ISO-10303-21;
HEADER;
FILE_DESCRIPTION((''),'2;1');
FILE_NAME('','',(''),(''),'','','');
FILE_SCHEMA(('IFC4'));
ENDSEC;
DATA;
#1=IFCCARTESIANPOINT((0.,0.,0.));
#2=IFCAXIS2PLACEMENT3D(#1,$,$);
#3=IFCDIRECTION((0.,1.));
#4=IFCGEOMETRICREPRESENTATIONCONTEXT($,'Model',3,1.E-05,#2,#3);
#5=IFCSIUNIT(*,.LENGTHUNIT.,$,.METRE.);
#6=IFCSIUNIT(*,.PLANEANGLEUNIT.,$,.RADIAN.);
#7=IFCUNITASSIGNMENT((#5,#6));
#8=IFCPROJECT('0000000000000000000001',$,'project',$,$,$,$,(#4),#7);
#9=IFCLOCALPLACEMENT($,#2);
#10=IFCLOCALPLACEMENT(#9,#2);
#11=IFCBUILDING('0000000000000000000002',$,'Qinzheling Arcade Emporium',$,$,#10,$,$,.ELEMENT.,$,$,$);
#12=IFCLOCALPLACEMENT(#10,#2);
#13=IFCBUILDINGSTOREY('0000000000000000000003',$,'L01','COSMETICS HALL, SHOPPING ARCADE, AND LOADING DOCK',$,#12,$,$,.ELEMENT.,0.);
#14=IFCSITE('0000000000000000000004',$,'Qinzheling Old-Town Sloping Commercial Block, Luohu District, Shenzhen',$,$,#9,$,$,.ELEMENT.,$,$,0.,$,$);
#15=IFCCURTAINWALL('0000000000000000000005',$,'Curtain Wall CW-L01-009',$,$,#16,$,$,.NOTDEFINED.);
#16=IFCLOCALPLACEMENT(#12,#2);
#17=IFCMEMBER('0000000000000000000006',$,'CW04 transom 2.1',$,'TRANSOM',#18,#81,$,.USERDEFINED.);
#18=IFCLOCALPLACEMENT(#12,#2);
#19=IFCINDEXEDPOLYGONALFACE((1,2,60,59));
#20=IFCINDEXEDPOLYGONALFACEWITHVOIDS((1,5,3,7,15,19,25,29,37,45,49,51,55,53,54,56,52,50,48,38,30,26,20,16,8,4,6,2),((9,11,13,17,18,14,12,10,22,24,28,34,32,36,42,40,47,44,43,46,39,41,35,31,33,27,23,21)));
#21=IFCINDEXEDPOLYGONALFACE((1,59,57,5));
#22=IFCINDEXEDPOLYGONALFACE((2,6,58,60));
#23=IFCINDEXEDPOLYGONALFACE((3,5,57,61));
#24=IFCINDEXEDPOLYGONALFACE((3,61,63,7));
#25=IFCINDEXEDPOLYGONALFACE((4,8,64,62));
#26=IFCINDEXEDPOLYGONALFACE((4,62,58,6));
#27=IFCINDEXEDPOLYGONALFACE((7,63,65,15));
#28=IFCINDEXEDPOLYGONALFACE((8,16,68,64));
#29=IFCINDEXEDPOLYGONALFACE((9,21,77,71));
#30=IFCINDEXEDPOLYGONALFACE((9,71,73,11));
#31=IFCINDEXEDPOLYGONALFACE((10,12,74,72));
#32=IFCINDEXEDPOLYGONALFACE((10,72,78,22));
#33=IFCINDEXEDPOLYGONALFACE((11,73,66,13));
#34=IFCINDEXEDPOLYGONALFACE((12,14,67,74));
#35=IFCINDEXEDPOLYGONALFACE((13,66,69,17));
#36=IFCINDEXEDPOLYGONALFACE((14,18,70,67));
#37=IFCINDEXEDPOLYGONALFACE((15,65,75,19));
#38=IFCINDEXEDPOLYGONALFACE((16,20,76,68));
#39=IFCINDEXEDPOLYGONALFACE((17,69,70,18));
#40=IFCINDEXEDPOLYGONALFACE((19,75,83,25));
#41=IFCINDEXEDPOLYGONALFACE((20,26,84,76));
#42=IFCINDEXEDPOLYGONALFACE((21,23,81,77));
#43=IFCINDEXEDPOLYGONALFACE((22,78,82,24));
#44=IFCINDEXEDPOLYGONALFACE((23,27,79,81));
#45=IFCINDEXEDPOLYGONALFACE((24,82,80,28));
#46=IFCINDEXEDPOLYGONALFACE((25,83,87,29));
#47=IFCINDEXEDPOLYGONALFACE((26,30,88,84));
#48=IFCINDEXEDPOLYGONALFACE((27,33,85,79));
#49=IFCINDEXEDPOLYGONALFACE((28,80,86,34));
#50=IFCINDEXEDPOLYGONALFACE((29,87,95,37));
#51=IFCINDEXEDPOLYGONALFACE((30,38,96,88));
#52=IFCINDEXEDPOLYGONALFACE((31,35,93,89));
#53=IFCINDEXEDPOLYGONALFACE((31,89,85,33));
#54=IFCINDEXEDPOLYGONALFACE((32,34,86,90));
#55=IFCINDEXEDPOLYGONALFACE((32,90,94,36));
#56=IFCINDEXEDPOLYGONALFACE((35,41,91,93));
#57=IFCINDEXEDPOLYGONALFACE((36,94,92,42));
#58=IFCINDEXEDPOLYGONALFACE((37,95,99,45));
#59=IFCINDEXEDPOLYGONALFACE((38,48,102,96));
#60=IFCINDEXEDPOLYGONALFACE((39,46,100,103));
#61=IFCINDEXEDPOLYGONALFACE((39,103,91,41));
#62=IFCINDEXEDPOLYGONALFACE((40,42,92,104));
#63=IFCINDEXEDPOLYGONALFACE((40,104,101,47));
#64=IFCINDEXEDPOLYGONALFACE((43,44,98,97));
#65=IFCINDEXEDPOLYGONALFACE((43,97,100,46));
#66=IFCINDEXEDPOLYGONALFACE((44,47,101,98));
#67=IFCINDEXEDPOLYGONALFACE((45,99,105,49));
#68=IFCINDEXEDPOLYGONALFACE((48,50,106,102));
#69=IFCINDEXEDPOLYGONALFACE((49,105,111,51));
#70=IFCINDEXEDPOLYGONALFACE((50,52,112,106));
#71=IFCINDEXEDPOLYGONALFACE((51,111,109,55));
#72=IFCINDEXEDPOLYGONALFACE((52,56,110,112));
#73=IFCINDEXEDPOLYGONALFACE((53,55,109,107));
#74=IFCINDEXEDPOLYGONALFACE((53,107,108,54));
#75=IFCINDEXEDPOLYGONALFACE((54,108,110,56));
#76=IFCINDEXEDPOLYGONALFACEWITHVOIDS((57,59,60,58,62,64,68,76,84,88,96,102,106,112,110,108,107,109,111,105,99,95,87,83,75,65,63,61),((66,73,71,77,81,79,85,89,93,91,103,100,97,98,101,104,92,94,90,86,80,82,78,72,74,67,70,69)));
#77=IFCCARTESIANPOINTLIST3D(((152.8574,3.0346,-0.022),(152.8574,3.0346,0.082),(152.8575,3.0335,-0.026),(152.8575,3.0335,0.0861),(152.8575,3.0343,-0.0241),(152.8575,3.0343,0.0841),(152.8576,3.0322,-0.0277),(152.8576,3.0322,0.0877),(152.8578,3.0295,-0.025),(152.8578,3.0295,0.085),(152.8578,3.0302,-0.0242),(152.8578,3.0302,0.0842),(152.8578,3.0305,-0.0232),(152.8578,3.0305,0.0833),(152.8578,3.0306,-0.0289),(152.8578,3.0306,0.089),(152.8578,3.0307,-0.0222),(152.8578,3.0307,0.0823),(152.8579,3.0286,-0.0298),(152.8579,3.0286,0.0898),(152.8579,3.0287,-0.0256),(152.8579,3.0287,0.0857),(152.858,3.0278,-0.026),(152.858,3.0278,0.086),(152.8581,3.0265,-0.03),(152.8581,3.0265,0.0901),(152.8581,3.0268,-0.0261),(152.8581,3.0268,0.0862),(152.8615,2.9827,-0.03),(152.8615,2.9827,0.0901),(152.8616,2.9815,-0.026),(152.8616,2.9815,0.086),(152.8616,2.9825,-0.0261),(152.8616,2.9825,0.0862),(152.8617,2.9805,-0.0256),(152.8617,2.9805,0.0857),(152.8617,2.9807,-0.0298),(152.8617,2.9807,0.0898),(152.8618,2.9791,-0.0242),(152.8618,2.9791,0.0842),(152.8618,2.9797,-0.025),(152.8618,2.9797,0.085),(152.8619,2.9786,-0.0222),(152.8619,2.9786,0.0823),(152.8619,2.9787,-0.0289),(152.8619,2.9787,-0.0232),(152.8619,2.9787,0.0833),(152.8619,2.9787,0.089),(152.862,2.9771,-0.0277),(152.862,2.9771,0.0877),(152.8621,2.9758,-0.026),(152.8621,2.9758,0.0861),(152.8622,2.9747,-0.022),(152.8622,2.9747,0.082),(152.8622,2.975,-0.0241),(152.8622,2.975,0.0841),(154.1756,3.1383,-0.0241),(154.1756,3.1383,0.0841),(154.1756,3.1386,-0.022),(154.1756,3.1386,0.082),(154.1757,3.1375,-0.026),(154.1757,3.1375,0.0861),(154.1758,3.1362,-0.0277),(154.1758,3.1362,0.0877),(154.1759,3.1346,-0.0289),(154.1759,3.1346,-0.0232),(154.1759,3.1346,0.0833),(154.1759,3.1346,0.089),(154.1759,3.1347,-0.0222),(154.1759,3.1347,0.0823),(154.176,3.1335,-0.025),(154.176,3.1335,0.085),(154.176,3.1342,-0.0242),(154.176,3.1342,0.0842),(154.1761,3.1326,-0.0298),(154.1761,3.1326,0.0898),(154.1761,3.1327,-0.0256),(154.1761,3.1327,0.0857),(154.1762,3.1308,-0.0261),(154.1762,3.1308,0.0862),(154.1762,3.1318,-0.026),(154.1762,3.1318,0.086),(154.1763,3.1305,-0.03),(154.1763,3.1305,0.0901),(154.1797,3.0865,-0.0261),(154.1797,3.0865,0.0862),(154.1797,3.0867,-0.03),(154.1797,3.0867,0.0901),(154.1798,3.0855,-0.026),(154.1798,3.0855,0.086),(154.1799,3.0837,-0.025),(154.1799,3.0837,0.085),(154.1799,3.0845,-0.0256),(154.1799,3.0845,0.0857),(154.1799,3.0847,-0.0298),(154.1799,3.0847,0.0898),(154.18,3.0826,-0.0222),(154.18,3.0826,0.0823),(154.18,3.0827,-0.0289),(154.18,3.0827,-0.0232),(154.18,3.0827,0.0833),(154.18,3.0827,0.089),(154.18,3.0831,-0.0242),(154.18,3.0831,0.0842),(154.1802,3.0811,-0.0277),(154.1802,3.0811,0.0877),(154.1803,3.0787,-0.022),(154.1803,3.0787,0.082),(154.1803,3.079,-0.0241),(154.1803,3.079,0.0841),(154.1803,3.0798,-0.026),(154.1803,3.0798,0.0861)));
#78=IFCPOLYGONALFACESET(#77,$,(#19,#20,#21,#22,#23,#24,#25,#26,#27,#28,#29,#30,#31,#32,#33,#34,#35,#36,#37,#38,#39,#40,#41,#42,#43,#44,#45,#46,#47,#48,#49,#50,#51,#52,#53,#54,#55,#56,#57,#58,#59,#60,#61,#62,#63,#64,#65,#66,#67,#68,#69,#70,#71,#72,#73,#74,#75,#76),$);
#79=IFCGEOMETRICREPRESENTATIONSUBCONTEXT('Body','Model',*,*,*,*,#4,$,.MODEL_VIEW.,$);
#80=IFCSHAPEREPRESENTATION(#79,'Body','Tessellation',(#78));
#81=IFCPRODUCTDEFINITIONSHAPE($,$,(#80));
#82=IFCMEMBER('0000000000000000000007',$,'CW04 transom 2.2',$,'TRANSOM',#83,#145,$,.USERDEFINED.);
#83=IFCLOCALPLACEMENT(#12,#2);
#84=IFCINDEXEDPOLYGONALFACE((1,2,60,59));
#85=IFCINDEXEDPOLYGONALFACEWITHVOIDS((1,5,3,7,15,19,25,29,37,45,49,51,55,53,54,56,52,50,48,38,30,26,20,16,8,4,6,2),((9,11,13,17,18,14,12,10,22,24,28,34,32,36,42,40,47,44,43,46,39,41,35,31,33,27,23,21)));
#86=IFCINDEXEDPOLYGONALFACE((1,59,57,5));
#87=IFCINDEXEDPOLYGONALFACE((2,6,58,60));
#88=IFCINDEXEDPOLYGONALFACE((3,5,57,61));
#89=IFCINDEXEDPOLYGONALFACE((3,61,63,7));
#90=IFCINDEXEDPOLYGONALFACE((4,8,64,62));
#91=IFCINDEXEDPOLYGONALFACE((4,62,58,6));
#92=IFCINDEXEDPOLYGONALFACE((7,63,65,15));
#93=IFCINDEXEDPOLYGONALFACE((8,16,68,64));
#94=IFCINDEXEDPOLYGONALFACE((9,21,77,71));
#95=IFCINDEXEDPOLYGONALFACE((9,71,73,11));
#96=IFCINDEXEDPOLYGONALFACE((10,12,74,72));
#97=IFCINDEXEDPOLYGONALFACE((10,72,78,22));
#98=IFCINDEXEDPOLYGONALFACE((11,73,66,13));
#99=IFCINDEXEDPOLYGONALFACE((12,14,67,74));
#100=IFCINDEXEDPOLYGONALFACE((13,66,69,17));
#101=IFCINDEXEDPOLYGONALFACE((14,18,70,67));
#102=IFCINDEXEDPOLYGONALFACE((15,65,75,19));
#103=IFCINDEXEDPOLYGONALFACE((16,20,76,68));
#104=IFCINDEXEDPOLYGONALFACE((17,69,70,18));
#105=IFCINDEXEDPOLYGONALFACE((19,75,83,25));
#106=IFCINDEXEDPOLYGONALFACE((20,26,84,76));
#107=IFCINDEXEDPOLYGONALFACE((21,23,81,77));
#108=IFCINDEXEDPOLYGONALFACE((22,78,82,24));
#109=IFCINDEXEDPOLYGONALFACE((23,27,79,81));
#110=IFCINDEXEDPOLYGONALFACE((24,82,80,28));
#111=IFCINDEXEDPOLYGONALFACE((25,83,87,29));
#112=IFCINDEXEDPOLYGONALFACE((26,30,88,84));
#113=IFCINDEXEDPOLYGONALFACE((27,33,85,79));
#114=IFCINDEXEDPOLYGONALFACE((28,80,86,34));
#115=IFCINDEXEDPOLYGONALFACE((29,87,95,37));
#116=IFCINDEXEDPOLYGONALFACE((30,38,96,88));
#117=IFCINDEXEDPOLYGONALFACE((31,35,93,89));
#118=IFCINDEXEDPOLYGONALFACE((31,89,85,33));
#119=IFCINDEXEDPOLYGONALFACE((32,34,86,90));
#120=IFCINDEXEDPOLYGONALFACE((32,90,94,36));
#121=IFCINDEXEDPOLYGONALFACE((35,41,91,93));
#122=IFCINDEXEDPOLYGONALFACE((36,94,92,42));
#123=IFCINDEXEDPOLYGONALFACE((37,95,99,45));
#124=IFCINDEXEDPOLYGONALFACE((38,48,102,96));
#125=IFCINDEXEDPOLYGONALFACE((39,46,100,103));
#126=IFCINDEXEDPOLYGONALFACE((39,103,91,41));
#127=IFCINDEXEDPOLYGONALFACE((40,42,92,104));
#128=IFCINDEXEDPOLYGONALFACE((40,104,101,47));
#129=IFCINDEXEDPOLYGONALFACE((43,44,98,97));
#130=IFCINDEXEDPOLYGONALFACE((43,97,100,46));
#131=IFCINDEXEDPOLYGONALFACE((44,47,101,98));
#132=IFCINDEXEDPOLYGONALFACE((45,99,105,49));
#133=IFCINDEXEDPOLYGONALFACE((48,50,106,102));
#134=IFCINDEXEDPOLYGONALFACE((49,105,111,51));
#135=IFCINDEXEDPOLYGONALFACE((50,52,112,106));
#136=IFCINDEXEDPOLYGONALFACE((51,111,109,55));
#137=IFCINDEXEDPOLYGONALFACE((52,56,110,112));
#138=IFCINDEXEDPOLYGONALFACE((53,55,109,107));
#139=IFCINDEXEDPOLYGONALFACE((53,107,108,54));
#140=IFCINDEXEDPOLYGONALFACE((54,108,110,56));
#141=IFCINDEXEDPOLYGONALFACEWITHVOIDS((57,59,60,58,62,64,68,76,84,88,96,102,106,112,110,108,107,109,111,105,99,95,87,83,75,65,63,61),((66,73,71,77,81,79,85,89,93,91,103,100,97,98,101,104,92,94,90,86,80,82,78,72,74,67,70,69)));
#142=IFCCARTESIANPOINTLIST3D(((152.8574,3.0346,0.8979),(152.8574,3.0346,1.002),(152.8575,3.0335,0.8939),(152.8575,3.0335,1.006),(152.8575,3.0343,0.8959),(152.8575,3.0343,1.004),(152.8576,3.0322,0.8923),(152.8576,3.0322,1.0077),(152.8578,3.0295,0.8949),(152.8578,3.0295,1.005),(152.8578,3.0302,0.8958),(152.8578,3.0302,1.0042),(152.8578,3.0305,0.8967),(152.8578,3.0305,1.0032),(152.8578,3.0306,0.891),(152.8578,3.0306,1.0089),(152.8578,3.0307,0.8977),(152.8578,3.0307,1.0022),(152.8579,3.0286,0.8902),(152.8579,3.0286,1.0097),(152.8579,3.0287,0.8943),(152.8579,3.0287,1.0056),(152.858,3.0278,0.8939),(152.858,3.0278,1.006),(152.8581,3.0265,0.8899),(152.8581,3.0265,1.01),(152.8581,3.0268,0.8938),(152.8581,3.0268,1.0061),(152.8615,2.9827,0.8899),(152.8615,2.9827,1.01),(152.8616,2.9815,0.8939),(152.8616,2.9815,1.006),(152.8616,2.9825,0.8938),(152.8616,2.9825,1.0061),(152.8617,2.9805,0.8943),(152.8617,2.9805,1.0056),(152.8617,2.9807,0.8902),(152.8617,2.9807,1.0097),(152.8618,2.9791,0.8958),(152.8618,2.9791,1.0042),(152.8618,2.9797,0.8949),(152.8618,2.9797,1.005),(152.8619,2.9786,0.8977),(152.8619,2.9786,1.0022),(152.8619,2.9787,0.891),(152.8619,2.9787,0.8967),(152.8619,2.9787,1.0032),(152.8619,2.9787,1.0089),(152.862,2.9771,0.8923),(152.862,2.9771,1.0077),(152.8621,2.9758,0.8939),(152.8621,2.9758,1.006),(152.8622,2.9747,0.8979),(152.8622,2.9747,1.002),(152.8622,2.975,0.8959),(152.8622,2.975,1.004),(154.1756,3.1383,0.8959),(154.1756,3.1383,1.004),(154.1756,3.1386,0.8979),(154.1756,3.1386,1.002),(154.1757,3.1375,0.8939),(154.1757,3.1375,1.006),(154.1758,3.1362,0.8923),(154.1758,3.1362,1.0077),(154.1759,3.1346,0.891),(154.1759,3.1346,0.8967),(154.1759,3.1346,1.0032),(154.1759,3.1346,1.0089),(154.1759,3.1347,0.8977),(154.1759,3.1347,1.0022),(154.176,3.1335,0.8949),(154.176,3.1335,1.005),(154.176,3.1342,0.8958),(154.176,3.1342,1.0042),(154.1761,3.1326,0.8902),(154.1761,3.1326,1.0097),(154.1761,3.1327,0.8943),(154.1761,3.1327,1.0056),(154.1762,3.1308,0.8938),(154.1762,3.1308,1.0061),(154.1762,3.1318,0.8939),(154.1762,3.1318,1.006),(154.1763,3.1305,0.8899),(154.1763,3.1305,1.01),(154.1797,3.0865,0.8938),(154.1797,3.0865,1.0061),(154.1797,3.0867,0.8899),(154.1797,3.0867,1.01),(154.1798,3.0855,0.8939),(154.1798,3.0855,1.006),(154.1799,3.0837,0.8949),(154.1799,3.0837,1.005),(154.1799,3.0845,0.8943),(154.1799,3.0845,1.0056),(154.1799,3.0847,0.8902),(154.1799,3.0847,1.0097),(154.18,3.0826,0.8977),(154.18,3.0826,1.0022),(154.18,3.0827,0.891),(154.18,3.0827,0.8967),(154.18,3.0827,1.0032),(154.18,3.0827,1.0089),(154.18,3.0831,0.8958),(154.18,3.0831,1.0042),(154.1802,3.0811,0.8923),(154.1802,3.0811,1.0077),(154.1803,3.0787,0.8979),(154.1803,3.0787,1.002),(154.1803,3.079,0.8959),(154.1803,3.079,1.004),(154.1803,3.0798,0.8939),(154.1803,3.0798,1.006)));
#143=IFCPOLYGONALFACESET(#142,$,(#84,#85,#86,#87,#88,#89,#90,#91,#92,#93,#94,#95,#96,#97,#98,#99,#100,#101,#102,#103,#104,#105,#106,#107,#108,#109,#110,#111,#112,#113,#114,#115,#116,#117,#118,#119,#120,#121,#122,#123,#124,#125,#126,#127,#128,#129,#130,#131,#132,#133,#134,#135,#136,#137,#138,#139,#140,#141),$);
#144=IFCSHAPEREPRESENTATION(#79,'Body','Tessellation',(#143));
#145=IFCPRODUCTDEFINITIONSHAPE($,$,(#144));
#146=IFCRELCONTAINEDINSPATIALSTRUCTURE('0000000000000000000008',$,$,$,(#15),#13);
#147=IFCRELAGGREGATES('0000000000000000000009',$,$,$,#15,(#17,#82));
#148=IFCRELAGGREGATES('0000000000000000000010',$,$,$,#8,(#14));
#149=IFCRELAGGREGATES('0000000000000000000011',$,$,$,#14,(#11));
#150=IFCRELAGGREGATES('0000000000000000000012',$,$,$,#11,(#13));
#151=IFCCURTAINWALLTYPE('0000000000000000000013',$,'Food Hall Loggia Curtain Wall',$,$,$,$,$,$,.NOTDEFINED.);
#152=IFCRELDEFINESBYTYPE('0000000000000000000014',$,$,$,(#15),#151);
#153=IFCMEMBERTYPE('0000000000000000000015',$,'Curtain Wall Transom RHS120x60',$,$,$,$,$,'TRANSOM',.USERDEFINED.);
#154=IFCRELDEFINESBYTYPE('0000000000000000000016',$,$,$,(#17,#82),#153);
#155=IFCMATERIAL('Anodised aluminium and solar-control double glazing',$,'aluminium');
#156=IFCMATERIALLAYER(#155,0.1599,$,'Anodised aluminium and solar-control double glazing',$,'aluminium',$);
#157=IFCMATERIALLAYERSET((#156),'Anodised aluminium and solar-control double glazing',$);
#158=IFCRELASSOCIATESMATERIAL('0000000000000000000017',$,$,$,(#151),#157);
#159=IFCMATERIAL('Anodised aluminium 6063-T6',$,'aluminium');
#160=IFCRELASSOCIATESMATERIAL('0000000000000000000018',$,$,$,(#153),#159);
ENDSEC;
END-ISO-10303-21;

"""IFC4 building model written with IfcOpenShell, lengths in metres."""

from ifc_helpers import new_model, si_unit, direction, frame, origin, origin_2d, place, context, subcontext, project, spatial, hollow_rectangle, extrude, material, layer, layer_set, material_profile, profile_set, type_object, element, aggregate, save


model = new_model("IFC4")

# Units and contexts
model_context = context("Model", 3, precision=1e-05, world=origin(), true_north=direction((0.0, 1.0)))
body_context = subcontext(model_context, "Body", "Model", "MODEL_VIEW")
ifc_project = project(units=[si_unit("LENGTHUNIT", "METRE"), si_unit("PLANEANGLEUNIT", "RADIAN")], contexts=[model_context])

# Site, building, storey
site_placement = place(None, origin())
site = spatial("IfcSite", under=ifc_project, at=site_placement, Name="Qinzheling Old-Town Sloping Commercial Block, Luohu District, Shenzhen", CompositionType="ELEMENT", RefElevation=0.0)
building_placement = place(site_placement, origin())
building = spatial("IfcBuilding", under=site, at=building_placement, Name="Qinzheling Arcade Emporium", CompositionType="ELEMENT")
storey_placement = place(building_placement, origin())
storey = spatial("IfcBuildingStorey", under=building, at=storey_placement, Name="L01", Description="COSMETICS HALL, SHOPPING ARCADE, AND LOADING DOCK", CompositionType="ELEMENT", Elevation=0.0)

# Shared definitions
ifc_material_1 = material(Name="Anodised aluminium and solar-control double glazing", Category="aluminium")
ifc_material_2 = material(Name="Anodised aluminium 6063-T6", Category="aluminium")

# Curtain wall, members
ifc_layer_1 = layer(ifc_material_1, 0.1599, Name="Anodised aluminium and solar-control double glazing", Category="aluminium")
ifc_layer_set_1 = layer_set([ifc_layer_1], Name="Anodised aluminium and solar-control double glazing")
curtain_wall_type_1 = type_object("IfcCurtainWallType", Name="Food Hall Loggia Curtain Wall", PredefinedType="NOTDEFINED", material=ifc_layer_set_1)
curtain_wall_1_placement = place(storey_placement, origin())
curtain_wall_1 = element("IfcCurtainWall", 1, at=curtain_wall_1_placement, inside=storey, type_object=curtain_wall_type_1, Name="Curtain Wall CW-L01-009", PredefinedType="NOTDEFINED")
ifc_material_profile_1 = material_profile(ifc_material_2, hollow_rectangle(XDim=0.0601, YDim=0.1201, WallThickness=0.0039, InnerFilletRadius=0.0039, OuterFilletRadius=0.0081, at=origin_2d()), Name="RHS 120x60x4", Category="aluminium")
ifc_profile_set_1 = profile_set([ifc_material_profile_1], Name="Anodised aluminium 6063-T6")
member_type_1 = type_object("IfcMemberType", Name="Curtain Wall Transom RHS120x60", ElementType="TRANSOM", PredefinedType="USERDEFINED", material=ifc_profile_set_1)
member_1_placement = place(storey_placement, frame((154.178, 3.1086, 0.03), z_axis=(-0.996902, -0.078659, 0.0), x_axis=(0.078659, -0.996902, 0.0)))
member_1 = element("IfcMember", 2, at=member_1_placement, type_object=member_type_1, Name="CW04 transom 2.1", ObjectType="TRANSOM", PredefinedType="USERDEFINED", context=body_context, shape_type="SweptSolid", body=[
    extrude(hollow_rectangle(XDim=0.0601, YDim=0.1201, WallThickness=0.0039, InnerFilletRadius=0.0039, OuterFilletRadius=0.0081, at=origin_2d()), origin(), (0.0, 0.0, 1.0), 1.3223),
])
member_2_placement = place(storey_placement, frame((154.178, 3.1086, 0.95), z_axis=(-0.996902, -0.078659, 0.0), x_axis=(0.078659, -0.996902, 0.0)))
member_2 = element("IfcMember", 3, at=member_2_placement, type_object=member_type_1, Name="CW04 transom 2.2", ObjectType="TRANSOM", PredefinedType="USERDEFINED", context=body_context, shape_type="SweptSolid", body=[
    extrude(hollow_rectangle(XDim=0.0601, YDim=0.1201, WallThickness=0.0039, InnerFilletRadius=0.0039, OuterFilletRadius=0.0081, at=origin_2d()), origin(), (0.0, 0.0, 1.0), 1.3223),
])

aggregate(curtain_wall_1, [member_1, member_2])

save(model, "model.ifc")
